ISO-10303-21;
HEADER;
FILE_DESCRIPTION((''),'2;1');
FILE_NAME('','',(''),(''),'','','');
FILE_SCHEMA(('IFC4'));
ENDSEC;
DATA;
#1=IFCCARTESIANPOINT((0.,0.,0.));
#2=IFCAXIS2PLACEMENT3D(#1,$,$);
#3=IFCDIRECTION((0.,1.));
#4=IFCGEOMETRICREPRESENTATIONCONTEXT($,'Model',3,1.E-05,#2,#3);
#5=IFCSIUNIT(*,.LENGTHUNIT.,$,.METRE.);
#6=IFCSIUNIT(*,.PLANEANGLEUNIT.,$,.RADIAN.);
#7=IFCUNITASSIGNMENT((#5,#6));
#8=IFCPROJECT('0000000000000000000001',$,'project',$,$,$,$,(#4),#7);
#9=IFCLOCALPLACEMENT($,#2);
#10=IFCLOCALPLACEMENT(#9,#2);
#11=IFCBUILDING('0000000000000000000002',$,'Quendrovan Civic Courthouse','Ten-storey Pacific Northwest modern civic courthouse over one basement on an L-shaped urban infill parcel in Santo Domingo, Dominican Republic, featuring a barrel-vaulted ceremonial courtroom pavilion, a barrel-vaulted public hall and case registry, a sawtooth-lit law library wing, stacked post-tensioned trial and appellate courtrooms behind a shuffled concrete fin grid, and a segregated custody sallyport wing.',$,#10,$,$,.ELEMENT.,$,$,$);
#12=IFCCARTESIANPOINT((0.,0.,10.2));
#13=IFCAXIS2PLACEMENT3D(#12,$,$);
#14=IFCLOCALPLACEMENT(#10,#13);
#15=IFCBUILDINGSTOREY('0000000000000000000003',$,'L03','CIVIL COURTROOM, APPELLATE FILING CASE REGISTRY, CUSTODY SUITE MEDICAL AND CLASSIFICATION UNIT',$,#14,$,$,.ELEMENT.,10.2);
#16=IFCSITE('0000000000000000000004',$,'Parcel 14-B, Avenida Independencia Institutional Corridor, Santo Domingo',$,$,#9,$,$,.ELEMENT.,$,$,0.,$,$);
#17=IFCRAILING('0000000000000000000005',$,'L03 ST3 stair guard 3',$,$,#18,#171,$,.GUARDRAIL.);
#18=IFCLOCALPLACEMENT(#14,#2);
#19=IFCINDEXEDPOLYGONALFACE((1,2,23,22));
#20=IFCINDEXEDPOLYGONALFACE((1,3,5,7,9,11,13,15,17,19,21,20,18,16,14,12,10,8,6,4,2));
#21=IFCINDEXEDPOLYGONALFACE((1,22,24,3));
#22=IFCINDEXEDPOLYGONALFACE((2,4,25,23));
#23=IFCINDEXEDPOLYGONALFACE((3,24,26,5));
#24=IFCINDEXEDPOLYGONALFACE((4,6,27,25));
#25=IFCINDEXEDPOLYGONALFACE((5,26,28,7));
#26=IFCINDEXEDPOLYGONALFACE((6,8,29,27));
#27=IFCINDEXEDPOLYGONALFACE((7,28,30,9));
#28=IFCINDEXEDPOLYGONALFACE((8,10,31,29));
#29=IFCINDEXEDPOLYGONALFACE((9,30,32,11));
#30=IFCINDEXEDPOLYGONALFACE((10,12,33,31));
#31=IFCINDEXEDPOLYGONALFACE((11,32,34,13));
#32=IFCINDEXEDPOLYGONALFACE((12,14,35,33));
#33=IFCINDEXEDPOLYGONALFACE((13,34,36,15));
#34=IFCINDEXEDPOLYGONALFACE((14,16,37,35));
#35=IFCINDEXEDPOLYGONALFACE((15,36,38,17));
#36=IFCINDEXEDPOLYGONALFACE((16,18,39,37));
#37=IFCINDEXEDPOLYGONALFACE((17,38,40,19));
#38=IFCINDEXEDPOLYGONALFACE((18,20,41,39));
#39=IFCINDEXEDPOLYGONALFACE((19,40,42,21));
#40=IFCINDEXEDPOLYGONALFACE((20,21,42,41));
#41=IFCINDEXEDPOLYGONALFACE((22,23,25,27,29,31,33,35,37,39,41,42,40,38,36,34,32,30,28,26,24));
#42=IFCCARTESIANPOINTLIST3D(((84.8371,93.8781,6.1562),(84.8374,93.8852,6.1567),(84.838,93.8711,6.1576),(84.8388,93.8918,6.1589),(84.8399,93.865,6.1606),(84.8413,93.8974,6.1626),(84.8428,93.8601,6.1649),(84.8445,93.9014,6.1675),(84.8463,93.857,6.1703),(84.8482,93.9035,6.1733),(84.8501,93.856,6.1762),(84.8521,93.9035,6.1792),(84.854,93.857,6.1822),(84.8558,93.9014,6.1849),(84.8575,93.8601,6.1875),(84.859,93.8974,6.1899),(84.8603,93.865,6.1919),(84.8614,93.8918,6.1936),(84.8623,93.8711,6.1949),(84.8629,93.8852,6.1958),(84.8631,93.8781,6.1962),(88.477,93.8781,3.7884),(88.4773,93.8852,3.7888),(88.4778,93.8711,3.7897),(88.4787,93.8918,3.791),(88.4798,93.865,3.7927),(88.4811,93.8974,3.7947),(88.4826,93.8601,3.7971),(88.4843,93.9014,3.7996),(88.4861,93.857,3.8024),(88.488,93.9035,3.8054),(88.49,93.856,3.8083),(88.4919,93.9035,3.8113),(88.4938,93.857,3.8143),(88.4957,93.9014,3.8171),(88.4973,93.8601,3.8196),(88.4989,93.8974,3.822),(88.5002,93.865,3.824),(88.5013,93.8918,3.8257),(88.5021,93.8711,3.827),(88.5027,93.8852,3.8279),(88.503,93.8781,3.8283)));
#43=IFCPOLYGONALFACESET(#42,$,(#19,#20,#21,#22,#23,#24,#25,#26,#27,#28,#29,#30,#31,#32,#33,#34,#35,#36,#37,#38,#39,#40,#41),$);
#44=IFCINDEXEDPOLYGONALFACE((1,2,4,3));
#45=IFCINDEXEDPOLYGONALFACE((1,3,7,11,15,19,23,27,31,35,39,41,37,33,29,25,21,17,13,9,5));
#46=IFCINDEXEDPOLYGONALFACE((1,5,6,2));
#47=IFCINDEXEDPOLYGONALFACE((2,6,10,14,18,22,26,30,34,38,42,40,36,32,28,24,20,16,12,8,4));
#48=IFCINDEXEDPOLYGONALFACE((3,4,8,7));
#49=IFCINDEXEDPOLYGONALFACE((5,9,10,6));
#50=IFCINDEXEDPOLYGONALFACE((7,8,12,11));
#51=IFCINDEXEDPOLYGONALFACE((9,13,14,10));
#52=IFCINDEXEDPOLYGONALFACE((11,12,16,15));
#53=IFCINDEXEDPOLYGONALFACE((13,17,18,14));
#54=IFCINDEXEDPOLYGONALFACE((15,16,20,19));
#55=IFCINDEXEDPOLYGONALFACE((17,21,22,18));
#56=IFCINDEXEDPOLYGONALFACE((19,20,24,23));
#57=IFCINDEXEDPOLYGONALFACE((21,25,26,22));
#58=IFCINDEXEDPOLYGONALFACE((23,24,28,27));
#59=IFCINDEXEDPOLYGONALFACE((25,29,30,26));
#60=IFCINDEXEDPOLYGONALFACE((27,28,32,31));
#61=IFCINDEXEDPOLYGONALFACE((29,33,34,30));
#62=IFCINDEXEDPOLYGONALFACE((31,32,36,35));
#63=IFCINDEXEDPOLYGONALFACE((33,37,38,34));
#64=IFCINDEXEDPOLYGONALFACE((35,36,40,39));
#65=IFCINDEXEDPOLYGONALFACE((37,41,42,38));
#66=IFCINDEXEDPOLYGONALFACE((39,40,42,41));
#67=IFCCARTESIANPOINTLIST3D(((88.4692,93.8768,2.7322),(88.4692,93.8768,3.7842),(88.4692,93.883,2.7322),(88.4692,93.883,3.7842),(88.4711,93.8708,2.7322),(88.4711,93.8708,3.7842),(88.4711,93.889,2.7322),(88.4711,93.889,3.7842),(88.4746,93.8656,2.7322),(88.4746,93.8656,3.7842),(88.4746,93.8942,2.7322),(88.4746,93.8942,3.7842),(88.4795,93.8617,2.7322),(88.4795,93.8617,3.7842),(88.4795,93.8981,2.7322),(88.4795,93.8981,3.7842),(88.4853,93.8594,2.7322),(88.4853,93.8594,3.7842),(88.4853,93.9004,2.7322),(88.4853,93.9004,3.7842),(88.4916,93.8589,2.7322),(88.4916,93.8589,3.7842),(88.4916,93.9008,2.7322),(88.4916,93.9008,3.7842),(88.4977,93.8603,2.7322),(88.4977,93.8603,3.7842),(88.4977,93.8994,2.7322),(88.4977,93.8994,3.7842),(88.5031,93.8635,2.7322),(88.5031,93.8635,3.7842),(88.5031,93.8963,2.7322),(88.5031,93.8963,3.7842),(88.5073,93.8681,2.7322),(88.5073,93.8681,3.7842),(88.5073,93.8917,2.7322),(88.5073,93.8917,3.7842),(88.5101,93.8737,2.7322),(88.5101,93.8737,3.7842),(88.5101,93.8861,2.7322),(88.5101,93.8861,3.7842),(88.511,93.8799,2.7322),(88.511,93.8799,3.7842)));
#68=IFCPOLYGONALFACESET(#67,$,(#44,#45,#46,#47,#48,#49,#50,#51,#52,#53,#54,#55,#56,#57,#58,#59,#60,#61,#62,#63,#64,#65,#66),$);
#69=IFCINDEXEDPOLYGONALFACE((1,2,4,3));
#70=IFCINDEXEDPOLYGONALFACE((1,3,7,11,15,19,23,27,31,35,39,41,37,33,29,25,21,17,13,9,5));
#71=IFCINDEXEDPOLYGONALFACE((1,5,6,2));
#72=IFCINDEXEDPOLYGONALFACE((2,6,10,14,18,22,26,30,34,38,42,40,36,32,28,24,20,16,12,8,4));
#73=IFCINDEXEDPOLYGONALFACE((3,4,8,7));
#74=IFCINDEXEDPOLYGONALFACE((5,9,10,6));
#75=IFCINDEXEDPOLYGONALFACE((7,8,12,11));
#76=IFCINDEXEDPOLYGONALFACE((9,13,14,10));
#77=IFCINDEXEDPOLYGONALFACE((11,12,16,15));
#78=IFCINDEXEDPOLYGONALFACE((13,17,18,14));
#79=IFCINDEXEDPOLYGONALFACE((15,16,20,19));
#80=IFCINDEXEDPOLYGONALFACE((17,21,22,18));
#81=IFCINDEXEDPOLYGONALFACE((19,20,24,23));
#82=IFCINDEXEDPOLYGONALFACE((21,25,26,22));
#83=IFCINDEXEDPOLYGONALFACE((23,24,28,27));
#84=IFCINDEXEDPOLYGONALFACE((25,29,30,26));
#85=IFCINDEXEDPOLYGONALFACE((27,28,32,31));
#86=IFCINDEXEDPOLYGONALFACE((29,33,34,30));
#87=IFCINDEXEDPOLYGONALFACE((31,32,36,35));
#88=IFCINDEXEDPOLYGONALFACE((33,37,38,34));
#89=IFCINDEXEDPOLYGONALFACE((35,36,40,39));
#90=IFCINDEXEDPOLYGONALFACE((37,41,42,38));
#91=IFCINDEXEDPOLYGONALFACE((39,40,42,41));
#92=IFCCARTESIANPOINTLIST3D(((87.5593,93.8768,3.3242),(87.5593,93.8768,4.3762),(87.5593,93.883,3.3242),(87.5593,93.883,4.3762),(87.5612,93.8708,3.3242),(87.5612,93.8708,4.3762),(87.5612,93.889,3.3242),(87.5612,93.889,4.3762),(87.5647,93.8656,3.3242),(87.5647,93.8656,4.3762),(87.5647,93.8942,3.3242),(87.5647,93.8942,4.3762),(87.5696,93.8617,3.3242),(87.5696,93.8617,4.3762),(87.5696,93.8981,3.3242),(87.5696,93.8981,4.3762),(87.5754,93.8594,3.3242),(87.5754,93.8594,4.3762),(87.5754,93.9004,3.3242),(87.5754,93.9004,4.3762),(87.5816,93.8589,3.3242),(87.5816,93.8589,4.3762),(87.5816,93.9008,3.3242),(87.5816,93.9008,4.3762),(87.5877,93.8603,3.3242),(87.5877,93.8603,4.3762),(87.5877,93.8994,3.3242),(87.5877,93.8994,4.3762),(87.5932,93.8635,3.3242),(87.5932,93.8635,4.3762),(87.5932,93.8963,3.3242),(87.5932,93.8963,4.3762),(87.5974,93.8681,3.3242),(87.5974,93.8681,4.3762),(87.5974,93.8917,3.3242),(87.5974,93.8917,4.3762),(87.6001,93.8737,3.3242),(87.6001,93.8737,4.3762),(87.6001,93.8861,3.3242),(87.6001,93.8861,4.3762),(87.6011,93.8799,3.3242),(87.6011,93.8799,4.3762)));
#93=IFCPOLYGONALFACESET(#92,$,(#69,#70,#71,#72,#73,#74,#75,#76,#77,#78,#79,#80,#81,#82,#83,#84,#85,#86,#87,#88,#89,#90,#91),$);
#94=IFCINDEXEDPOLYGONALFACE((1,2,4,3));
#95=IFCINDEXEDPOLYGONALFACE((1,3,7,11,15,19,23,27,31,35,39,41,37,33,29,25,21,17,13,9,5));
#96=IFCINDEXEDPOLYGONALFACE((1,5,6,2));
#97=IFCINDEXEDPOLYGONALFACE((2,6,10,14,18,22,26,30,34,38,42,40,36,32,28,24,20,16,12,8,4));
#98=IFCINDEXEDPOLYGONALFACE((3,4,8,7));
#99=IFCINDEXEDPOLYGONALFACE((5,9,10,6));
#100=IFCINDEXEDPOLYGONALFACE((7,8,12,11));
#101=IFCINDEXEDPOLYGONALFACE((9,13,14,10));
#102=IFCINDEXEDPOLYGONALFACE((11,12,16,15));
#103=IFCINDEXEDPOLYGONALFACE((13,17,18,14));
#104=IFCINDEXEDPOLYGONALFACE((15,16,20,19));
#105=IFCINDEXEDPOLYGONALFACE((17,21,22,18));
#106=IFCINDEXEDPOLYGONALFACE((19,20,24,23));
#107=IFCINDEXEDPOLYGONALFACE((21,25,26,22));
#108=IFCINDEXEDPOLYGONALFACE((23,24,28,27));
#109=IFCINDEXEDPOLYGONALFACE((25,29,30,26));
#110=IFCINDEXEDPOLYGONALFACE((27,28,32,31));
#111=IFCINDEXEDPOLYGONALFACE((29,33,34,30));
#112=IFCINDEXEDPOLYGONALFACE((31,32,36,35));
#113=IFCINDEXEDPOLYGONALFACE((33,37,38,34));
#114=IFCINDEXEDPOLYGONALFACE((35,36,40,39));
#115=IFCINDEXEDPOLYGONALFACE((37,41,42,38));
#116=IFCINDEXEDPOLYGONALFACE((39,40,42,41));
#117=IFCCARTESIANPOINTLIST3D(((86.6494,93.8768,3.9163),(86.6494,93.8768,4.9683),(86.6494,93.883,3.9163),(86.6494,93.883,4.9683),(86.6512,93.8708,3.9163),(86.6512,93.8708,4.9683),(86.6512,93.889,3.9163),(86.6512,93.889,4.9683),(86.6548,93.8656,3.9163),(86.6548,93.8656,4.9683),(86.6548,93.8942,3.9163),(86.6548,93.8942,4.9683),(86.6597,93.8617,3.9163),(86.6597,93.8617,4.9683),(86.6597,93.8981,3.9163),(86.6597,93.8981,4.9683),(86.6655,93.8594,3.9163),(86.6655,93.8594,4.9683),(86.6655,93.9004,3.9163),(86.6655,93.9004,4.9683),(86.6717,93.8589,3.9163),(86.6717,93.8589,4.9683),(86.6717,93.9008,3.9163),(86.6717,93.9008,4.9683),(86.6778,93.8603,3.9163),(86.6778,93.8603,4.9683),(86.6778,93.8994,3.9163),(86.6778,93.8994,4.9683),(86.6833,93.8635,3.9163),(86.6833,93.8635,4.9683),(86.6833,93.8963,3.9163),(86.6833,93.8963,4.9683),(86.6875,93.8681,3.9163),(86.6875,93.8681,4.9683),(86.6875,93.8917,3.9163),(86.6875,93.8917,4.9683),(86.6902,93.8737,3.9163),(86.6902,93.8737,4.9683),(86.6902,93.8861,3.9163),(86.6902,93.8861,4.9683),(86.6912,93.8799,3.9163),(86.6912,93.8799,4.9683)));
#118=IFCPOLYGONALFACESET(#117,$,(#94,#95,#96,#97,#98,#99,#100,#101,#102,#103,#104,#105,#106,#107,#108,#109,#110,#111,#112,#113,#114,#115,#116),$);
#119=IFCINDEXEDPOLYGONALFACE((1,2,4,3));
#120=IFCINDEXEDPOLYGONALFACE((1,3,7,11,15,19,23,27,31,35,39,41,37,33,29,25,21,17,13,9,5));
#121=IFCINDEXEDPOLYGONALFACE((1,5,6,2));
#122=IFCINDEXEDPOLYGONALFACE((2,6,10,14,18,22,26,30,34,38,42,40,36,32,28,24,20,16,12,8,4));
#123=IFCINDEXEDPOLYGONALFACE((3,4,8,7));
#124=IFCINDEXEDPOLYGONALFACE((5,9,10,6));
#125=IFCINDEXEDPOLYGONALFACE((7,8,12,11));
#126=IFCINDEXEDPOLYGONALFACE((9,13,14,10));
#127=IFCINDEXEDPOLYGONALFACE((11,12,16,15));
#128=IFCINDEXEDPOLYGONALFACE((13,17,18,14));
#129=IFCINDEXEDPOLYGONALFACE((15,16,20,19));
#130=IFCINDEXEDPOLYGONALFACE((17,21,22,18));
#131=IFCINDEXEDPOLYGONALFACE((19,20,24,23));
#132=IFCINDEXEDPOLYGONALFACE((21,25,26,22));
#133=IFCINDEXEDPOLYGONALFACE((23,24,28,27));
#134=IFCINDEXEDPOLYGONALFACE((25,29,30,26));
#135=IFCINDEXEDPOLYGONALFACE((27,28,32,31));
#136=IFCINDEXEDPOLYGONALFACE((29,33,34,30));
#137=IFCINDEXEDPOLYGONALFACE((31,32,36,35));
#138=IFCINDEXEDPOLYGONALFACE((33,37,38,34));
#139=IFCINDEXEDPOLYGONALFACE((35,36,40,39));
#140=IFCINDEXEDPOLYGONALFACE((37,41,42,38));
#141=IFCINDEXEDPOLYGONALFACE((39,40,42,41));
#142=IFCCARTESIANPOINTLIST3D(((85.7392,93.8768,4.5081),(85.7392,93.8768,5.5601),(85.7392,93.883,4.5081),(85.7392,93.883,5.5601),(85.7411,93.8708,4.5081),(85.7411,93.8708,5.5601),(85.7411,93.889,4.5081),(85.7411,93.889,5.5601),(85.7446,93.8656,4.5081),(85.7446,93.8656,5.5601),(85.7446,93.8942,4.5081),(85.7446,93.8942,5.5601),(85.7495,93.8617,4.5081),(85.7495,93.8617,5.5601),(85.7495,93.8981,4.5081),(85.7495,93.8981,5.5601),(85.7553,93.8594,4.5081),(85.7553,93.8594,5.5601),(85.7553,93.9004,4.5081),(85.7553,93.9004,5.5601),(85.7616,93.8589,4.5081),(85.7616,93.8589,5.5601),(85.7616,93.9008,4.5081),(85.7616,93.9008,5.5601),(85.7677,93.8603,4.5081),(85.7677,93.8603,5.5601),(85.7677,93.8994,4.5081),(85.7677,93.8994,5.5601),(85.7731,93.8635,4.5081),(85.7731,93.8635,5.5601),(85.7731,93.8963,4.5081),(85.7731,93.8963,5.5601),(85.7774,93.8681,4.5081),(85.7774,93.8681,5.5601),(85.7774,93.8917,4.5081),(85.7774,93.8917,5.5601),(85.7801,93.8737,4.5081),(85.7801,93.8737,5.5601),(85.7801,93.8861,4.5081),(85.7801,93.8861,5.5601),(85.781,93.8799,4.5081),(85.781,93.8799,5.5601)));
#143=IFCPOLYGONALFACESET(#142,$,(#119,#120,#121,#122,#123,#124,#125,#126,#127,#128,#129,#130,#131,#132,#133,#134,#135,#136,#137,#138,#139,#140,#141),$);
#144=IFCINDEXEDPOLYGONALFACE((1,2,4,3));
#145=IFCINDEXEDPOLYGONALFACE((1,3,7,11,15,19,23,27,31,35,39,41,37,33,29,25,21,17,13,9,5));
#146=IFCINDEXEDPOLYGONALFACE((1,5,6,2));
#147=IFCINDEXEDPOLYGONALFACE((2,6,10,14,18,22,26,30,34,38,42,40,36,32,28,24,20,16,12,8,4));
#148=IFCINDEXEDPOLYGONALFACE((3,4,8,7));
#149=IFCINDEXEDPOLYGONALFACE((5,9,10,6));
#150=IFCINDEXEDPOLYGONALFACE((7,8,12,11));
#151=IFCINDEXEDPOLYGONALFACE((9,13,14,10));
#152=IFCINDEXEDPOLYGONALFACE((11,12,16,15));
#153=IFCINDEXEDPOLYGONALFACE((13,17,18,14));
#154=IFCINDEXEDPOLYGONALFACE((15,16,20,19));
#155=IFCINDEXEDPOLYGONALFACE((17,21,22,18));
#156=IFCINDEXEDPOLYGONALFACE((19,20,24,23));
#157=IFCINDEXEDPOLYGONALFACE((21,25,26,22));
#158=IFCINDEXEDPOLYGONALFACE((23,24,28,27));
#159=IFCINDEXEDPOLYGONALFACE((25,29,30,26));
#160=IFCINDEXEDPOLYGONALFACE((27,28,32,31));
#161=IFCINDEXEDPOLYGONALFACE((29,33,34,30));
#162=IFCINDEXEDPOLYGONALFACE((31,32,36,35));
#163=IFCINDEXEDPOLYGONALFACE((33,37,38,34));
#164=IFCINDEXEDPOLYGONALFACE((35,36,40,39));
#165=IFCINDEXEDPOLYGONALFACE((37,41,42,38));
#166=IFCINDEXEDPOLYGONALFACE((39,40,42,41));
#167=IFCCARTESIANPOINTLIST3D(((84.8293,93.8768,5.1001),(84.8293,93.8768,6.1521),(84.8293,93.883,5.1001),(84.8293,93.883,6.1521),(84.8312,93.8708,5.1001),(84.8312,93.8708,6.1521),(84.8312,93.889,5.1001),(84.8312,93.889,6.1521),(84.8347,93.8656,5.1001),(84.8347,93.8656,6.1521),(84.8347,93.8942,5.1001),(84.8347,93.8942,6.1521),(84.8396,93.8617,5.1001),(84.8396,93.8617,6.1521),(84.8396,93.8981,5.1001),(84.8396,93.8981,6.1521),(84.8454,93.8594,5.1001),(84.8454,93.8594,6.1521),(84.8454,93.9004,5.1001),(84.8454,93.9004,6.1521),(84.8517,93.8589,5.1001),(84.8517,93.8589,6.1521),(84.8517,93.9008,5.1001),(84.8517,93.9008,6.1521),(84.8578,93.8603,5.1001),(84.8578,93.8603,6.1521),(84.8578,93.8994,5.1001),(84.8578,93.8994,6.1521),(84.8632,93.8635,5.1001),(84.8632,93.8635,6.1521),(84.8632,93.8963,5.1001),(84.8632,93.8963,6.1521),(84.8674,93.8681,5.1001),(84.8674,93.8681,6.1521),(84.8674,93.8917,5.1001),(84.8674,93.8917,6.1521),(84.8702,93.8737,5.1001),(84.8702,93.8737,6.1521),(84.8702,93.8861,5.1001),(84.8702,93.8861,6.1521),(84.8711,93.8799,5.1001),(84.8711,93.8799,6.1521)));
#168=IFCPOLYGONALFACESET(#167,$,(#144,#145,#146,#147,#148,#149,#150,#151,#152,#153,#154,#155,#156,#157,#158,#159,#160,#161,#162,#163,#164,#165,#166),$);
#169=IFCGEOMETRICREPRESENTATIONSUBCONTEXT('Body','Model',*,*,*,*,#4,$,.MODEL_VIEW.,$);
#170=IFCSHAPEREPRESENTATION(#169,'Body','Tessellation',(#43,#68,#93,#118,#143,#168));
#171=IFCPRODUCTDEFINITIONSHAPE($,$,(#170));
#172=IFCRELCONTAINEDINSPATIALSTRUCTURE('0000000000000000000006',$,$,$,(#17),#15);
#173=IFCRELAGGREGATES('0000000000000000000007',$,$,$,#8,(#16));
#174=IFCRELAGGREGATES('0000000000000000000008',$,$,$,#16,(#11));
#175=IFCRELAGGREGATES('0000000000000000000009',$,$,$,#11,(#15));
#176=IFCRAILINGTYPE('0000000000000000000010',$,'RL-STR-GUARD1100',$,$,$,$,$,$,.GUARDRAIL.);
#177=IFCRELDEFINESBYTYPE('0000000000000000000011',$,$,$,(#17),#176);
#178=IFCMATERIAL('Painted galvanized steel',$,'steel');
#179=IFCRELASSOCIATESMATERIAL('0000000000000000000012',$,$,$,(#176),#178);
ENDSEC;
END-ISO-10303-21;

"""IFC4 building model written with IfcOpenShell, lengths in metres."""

from ifc_helpers import new_model, si_unit, direction, frame, origin, origin_2d, place, context, subcontext, project, spatial, circle, extrude, material, type_object, element, save


model = new_model("IFC4")

# Units and contexts
model_context = context("Model", 3, precision=1e-05, world=origin(), true_north=direction((0.0, 1.0)))
body_context = subcontext(model_context, "Body", "Model", "MODEL_VIEW")
ifc_project = project(units=[si_unit("LENGTHUNIT", "METRE"), si_unit("PLANEANGLEUNIT", "RADIAN")], contexts=[model_context])

# Site, building, storey
site_placement = place(None, origin())
site = spatial("IfcSite", under=ifc_project, at=site_placement, Name="Parcel 14-B, Avenida Independencia Institutional Corridor, Santo Domingo", CompositionType="ELEMENT", RefElevation=0.0)
building_placement = place(site_placement, origin())
building = spatial("IfcBuilding", under=site, at=building_placement, Name="Quendrovan Civic Courthouse", Description="Ten-storey Pacific Northwest modern civic courthouse over one basement on an L-shaped urban infill parcel in Santo Domingo, Dominican Republic, featuring a barrel-vaulted ceremonial courtroom pavilion, a barrel-vaulted public hall and case registry, a sawtooth-lit law library wing, stacked post-tensioned trial and appellate courtrooms behind a shuffled concrete fin grid, and a segregated custody sallyport wing.", CompositionType="ELEMENT")
storey_placement = place(building_placement, frame((0.0, 0.0, 10.2)))
storey = spatial("IfcBuildingStorey", under=building, at=storey_placement, Name="L03", Description="CIVIL COURTROOM, APPELLATE FILING CASE REGISTRY, CUSTODY SUITE MEDICAL AND CLASSIFICATION UNIT", CompositionType="ELEMENT", Elevation=10.2)

# Railing
ifc_material_1 = material(Name="Painted galvanized steel", Category="steel")
railing_type_1 = type_object("IfcRailingType", Name="RL-STR-GUARD1100", PredefinedType="GUARDRAIL", material=ifc_material_1)
railing_1_placement = place(storey_placement, frame((88.49, 93.8799, 2.7322)))
element("IfcRailing", 1, at=railing_1_placement, inside=storey, type_object=railing_type_1, Name="L03 ST3 stair guard 3", PredefinedType="GUARDRAIL", context=body_context, shape_type="SweptSolid", body=[
    extrude(circle(Radius=0.0239, at=origin_2d()), frame((0.0, 0.0, 1.0762), z_axis=(-0.838234, 0.0, 0.54531), x_axis=(0.0, -1.0, 0.0)), (0.0, 0.0, 1.0), 4.3423),
    extrude(circle(Radius=0.021, at=origin_2d()), origin(), (0.0, 0.0, 1.0), 1.052),
    extrude(circle(Radius=0.021, at=origin_2d()), frame((-0.9099, 0.0, 0.592)), (0.0, 0.0, 1.0), 1.052),
    extrude(circle(Radius=0.021, at=origin_2d()), frame((-1.8198, 0.0, 1.1841)), (0.0, 0.0, 1.0), 1.052),
    extrude(circle(Radius=0.021, at=origin_2d()), frame((-2.73, 0.0, 1.7759)), (0.0, 0.0, 1.0), 1.052),
    extrude(circle(Radius=0.021, at=origin_2d()), frame((-3.6399, 0.0, 2.3679)), (0.0, 0.0, 1.0), 1.052),
])

save(model, "model.ifc")
